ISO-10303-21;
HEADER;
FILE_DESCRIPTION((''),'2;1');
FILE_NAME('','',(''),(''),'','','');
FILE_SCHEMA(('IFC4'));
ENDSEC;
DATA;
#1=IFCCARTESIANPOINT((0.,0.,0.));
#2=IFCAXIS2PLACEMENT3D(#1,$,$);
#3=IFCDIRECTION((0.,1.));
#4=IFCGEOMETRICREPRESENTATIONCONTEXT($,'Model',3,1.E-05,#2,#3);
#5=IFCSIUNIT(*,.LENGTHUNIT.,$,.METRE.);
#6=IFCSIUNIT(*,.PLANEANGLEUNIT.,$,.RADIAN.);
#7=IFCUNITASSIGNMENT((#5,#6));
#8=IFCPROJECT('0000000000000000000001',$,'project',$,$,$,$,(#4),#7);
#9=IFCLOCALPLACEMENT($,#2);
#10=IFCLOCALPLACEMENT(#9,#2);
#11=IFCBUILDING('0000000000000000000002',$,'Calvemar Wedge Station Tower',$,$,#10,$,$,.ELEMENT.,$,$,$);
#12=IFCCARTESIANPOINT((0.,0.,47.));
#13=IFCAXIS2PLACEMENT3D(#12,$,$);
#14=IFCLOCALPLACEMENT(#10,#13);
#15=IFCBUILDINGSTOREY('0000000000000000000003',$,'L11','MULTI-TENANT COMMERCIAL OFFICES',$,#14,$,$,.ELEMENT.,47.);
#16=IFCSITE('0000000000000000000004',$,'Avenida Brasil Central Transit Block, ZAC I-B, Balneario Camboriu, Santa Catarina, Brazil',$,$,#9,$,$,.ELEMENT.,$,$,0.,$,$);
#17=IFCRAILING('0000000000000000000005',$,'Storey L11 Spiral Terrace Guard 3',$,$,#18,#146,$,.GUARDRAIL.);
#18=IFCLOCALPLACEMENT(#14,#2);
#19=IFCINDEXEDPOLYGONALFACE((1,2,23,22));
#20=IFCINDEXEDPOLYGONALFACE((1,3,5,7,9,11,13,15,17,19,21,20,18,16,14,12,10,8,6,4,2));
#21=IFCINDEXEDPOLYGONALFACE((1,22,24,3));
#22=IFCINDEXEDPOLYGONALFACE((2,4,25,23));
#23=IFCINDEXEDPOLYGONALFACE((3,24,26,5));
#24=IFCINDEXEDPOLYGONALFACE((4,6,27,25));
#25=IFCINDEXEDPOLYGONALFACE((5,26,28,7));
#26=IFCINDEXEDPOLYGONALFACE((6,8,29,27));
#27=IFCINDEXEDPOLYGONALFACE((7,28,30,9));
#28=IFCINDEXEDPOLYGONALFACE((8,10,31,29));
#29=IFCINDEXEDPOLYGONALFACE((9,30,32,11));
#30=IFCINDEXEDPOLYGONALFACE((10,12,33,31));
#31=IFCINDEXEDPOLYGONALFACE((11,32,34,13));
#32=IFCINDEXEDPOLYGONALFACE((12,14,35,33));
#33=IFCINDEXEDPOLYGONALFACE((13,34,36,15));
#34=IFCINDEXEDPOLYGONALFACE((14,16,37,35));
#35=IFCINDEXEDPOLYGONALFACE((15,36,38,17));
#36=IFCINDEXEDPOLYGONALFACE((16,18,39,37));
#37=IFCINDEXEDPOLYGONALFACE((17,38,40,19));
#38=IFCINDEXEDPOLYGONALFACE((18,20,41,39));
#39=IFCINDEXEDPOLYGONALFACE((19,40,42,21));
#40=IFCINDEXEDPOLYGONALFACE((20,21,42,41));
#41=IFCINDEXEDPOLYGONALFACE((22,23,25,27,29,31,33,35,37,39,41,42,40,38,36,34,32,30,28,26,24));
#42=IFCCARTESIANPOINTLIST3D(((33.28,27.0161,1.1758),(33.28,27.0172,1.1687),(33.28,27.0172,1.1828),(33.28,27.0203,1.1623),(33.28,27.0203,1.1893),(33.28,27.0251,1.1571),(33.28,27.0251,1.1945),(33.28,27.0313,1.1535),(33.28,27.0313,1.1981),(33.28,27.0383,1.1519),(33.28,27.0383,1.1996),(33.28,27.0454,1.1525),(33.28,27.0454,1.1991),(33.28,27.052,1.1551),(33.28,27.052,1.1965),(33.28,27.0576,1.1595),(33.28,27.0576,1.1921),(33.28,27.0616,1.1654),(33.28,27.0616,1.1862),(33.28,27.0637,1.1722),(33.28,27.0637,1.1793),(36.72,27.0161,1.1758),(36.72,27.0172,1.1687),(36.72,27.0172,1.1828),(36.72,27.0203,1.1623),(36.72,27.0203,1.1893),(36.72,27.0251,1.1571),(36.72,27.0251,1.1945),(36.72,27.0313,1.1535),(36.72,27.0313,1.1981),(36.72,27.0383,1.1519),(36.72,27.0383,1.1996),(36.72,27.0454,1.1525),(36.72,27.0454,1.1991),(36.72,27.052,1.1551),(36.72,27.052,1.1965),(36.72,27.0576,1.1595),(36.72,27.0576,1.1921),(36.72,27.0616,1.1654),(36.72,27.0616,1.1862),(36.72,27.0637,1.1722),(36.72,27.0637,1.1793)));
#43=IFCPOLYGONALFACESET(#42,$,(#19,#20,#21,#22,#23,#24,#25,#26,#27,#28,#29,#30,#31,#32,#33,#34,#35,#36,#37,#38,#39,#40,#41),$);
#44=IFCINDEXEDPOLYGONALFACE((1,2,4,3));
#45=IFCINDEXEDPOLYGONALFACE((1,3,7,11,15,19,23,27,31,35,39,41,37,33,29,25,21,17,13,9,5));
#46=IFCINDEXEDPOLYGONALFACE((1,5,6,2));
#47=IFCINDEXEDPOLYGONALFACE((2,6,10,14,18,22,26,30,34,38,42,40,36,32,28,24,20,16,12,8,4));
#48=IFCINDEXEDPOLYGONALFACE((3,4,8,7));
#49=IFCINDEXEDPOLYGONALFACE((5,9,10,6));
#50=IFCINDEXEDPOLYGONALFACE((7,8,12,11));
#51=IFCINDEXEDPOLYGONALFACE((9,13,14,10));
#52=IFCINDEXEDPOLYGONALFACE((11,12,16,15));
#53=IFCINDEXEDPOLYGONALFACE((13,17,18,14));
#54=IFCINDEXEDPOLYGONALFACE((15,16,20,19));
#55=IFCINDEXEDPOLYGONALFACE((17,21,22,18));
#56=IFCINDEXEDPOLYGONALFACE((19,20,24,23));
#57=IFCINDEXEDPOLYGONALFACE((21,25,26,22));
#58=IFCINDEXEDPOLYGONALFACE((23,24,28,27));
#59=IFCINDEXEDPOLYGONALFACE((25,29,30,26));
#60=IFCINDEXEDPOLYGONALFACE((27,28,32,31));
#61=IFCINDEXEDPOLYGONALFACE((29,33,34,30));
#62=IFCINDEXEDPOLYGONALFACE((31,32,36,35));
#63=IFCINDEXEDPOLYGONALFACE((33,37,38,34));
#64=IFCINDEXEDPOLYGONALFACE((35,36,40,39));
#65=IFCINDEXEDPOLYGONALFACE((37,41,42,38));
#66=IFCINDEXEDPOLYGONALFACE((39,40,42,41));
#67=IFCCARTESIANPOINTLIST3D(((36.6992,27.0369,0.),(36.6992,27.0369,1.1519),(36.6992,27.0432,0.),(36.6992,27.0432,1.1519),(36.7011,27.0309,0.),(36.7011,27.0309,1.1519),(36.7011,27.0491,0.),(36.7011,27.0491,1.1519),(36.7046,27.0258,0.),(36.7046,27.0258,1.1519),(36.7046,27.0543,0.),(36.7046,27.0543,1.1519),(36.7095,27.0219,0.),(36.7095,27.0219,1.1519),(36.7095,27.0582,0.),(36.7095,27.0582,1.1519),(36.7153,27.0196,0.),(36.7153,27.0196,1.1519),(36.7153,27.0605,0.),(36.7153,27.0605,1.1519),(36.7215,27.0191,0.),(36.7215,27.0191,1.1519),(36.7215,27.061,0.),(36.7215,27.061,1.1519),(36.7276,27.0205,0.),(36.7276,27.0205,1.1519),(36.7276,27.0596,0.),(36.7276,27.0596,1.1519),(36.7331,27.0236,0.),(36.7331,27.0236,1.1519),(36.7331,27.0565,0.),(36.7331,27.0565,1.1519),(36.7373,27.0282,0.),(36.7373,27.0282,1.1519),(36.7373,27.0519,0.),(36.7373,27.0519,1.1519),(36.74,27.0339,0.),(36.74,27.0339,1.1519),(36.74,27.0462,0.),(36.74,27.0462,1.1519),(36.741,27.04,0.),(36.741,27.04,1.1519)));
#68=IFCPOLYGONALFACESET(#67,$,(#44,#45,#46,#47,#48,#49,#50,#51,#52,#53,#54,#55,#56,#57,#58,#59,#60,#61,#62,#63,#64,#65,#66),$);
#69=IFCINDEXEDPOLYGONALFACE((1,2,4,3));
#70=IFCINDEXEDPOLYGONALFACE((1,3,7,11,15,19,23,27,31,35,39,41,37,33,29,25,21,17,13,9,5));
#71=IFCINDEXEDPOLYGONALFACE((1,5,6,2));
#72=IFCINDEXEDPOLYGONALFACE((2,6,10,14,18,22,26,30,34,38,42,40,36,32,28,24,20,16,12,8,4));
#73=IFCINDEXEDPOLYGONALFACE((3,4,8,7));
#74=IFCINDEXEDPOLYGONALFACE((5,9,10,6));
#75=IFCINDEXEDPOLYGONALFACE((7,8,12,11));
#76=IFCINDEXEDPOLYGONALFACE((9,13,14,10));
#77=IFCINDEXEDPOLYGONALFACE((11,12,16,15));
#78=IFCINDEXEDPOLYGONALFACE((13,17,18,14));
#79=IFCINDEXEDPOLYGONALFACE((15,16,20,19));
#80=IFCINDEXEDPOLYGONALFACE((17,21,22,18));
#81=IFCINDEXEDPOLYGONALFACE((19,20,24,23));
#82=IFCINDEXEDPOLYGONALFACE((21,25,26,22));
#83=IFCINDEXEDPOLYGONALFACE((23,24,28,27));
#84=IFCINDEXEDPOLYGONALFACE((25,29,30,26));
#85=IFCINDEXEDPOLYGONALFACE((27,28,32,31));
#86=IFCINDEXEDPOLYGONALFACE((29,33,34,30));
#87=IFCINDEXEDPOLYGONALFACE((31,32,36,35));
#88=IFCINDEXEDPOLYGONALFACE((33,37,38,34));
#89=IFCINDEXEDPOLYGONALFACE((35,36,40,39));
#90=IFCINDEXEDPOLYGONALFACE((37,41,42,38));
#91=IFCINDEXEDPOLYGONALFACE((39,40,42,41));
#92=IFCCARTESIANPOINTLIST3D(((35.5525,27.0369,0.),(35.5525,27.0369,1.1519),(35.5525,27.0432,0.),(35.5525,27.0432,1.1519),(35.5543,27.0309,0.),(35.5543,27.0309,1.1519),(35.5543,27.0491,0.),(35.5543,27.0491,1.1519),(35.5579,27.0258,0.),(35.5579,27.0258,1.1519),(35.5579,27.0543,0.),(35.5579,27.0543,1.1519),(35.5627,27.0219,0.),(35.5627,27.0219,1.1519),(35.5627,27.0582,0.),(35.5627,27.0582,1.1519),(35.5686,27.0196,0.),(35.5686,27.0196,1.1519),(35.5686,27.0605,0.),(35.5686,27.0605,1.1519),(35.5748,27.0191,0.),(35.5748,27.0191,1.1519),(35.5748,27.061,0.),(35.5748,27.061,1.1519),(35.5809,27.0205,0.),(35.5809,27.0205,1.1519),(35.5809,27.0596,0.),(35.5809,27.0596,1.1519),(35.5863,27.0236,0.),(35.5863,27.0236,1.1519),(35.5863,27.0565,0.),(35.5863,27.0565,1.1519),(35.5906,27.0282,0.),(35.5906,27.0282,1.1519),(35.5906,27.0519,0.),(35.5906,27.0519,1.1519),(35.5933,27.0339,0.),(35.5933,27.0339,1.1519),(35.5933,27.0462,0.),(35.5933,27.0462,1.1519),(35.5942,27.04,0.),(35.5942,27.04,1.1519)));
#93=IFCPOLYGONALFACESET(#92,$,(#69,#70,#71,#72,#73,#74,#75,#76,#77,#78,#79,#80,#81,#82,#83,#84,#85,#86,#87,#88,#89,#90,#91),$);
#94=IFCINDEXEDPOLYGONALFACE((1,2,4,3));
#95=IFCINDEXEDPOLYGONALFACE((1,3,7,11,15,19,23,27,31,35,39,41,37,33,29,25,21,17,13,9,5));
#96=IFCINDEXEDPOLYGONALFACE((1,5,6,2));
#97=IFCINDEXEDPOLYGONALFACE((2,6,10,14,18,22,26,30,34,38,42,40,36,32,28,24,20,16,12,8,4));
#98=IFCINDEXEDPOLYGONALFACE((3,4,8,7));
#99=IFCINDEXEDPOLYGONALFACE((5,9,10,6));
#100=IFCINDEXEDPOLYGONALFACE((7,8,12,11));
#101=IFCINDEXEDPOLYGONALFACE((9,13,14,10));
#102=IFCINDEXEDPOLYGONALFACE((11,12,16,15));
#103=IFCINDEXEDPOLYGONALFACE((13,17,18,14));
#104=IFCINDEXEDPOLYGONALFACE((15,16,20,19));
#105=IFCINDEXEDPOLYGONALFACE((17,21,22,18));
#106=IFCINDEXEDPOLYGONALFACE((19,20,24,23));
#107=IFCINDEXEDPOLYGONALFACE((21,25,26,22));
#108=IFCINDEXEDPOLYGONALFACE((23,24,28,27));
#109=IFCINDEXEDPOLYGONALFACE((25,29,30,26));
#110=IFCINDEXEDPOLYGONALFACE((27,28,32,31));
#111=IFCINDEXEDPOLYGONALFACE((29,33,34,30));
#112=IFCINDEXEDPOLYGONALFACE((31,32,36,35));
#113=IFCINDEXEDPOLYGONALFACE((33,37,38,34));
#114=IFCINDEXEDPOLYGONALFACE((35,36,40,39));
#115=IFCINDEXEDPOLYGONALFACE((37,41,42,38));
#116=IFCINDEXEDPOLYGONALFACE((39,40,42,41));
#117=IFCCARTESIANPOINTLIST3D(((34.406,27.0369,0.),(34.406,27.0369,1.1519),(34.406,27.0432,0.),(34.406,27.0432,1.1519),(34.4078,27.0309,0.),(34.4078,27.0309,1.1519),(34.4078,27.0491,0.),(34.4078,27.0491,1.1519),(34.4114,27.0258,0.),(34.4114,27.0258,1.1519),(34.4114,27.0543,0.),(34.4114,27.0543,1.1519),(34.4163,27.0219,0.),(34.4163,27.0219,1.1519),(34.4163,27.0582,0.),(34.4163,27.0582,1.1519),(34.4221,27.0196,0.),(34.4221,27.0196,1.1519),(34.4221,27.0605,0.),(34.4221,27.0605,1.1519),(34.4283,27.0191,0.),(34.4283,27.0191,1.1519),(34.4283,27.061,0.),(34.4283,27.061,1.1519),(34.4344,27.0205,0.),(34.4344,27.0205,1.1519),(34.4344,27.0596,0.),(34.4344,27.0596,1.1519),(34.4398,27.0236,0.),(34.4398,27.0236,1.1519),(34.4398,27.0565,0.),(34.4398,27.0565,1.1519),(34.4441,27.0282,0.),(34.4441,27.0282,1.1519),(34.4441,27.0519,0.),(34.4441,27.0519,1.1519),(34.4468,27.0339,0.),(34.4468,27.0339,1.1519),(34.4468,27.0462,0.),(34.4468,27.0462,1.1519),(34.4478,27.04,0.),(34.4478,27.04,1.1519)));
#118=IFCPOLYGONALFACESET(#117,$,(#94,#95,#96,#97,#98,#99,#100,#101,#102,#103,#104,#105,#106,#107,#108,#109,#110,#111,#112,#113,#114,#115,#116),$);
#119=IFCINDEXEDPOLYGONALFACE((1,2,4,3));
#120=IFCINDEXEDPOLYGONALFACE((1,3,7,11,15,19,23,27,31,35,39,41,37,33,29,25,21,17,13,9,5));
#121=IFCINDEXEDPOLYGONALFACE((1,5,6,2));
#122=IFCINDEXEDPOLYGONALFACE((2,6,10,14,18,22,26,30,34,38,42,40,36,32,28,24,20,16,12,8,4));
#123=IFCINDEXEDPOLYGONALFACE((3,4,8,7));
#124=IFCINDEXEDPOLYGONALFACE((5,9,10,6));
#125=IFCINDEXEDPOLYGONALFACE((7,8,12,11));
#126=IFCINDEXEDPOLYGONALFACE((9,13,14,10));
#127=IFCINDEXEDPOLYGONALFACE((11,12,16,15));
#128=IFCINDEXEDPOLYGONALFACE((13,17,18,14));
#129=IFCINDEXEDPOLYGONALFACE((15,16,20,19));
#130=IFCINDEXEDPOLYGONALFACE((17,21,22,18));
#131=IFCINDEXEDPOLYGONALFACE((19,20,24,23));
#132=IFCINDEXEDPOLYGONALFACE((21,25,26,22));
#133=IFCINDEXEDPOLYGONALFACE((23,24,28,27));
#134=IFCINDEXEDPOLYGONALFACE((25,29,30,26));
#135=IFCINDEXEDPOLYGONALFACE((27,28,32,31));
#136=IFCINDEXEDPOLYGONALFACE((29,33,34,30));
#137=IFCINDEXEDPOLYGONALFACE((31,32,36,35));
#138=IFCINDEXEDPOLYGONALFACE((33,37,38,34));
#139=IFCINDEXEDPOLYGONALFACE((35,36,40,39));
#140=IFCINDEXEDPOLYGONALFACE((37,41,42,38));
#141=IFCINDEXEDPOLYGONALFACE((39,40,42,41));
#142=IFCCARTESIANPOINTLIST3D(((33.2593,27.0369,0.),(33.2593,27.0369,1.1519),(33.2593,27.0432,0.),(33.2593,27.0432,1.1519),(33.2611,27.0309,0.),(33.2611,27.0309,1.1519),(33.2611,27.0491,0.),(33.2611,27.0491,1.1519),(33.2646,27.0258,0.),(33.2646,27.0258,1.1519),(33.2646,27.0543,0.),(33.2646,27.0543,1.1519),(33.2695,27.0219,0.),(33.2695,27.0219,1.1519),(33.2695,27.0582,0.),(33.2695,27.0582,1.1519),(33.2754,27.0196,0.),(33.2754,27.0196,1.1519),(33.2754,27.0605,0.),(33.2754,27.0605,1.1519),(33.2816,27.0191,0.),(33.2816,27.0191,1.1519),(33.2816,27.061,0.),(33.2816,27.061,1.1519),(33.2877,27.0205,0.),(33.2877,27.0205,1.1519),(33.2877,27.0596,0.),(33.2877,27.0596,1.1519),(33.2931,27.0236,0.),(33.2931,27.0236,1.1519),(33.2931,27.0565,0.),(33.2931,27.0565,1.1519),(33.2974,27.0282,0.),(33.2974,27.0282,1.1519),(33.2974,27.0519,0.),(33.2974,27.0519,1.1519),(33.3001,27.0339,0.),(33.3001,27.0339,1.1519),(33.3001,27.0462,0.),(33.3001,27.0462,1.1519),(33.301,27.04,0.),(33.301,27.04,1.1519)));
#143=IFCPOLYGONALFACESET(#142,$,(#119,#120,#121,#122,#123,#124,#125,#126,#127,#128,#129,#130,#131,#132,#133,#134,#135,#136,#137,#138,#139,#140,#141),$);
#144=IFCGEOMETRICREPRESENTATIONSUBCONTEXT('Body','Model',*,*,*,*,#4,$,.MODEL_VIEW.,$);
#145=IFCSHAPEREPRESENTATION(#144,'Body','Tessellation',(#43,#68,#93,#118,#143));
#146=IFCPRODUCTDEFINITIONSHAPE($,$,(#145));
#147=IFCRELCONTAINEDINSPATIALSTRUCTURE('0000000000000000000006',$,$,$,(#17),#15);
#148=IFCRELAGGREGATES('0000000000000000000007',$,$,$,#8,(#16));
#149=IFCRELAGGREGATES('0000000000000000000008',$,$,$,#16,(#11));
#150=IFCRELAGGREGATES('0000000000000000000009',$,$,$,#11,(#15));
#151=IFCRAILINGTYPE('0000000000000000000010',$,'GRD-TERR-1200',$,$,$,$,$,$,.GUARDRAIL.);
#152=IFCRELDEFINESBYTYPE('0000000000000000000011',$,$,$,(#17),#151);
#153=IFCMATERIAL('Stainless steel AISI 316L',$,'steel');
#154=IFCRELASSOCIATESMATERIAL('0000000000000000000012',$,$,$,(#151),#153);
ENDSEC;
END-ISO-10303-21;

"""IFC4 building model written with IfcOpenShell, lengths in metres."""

from ifc_helpers import new_model, si_unit, direction, frame, origin, origin_2d, place, context, subcontext, project, spatial, circle, extrude, material, type_object, element, save


model = new_model("IFC4")

# Units and contexts
model_context = context("Model", 3, precision=1e-05, world=origin(), true_north=direction((0.0, 1.0)))
body_context = subcontext(model_context, "Body", "Model", "MODEL_VIEW")
ifc_project = project(units=[si_unit("LENGTHUNIT", "METRE"), si_unit("PLANEANGLEUNIT", "RADIAN")], contexts=[model_context])

# Site, building, storey
site_placement = place(None, origin())
site = spatial("IfcSite", under=ifc_project, at=site_placement, Name="Avenida Brasil Central Transit Block, ZAC I-B, Balneario Camboriu, Santa Catarina, Brazil", CompositionType="ELEMENT", RefElevation=0.0)
building_placement = place(site_placement, origin())
building = spatial("IfcBuilding", under=site, at=building_placement, Name="Calvemar Wedge Station Tower", CompositionType="ELEMENT")
storey_placement = place(building_placement, frame((0.0, 0.0, 47.0)))
storey = spatial("IfcBuildingStorey", under=building, at=storey_placement, Name="L11", Description="MULTI-TENANT COMMERCIAL OFFICES", CompositionType="ELEMENT", Elevation=47.0)

# Railing
ifc_material_1 = material(Name="Stainless steel AISI 316L", Category="steel")
railing_type = type_object("IfcRailingType", Name="GRD-TERR-1200", PredefinedType="GUARDRAIL", material=ifc_material_1)
railing_1_placement = place(storey_placement, frame((36.72, 27.04, 0.0)))
element("IfcRailing", 1, at=railing_1_placement, inside=storey, type_object=railing_type, Name="Storey L11 Spiral Terrace Guard 3", PredefinedType="GUARDRAIL", context=body_context, shape_type="SweptSolid", body=[
    extrude(circle(Radius=0.0239, at=origin_2d()), frame((0.0, 0.0, 1.1758), z_axis=(-1.0, 0.0, 0.0), x_axis=(0.0, -1.0, 0.0)), (0.0, 0.0, 1.0), 3.4399),
    extrude(circle(Radius=0.021, at=origin_2d()), origin(), (0.0, 0.0, 1.0), 1.1519),
    extrude(circle(Radius=0.021, at=origin_2d()), frame((-1.1467, 0.0, 0.0)), (0.0, 0.0, 1.0), 1.1519),
    extrude(circle(Radius=0.021, at=origin_2d()), frame((-2.2932, 0.0, 0.0)), (0.0, 0.0, 1.0), 1.1519),
    extrude(circle(Radius=0.021, at=origin_2d()), frame((-3.4399, 0.0, 0.0)), (0.0, 0.0, 1.0), 1.1519),
])

save(model, "model.ifc")
